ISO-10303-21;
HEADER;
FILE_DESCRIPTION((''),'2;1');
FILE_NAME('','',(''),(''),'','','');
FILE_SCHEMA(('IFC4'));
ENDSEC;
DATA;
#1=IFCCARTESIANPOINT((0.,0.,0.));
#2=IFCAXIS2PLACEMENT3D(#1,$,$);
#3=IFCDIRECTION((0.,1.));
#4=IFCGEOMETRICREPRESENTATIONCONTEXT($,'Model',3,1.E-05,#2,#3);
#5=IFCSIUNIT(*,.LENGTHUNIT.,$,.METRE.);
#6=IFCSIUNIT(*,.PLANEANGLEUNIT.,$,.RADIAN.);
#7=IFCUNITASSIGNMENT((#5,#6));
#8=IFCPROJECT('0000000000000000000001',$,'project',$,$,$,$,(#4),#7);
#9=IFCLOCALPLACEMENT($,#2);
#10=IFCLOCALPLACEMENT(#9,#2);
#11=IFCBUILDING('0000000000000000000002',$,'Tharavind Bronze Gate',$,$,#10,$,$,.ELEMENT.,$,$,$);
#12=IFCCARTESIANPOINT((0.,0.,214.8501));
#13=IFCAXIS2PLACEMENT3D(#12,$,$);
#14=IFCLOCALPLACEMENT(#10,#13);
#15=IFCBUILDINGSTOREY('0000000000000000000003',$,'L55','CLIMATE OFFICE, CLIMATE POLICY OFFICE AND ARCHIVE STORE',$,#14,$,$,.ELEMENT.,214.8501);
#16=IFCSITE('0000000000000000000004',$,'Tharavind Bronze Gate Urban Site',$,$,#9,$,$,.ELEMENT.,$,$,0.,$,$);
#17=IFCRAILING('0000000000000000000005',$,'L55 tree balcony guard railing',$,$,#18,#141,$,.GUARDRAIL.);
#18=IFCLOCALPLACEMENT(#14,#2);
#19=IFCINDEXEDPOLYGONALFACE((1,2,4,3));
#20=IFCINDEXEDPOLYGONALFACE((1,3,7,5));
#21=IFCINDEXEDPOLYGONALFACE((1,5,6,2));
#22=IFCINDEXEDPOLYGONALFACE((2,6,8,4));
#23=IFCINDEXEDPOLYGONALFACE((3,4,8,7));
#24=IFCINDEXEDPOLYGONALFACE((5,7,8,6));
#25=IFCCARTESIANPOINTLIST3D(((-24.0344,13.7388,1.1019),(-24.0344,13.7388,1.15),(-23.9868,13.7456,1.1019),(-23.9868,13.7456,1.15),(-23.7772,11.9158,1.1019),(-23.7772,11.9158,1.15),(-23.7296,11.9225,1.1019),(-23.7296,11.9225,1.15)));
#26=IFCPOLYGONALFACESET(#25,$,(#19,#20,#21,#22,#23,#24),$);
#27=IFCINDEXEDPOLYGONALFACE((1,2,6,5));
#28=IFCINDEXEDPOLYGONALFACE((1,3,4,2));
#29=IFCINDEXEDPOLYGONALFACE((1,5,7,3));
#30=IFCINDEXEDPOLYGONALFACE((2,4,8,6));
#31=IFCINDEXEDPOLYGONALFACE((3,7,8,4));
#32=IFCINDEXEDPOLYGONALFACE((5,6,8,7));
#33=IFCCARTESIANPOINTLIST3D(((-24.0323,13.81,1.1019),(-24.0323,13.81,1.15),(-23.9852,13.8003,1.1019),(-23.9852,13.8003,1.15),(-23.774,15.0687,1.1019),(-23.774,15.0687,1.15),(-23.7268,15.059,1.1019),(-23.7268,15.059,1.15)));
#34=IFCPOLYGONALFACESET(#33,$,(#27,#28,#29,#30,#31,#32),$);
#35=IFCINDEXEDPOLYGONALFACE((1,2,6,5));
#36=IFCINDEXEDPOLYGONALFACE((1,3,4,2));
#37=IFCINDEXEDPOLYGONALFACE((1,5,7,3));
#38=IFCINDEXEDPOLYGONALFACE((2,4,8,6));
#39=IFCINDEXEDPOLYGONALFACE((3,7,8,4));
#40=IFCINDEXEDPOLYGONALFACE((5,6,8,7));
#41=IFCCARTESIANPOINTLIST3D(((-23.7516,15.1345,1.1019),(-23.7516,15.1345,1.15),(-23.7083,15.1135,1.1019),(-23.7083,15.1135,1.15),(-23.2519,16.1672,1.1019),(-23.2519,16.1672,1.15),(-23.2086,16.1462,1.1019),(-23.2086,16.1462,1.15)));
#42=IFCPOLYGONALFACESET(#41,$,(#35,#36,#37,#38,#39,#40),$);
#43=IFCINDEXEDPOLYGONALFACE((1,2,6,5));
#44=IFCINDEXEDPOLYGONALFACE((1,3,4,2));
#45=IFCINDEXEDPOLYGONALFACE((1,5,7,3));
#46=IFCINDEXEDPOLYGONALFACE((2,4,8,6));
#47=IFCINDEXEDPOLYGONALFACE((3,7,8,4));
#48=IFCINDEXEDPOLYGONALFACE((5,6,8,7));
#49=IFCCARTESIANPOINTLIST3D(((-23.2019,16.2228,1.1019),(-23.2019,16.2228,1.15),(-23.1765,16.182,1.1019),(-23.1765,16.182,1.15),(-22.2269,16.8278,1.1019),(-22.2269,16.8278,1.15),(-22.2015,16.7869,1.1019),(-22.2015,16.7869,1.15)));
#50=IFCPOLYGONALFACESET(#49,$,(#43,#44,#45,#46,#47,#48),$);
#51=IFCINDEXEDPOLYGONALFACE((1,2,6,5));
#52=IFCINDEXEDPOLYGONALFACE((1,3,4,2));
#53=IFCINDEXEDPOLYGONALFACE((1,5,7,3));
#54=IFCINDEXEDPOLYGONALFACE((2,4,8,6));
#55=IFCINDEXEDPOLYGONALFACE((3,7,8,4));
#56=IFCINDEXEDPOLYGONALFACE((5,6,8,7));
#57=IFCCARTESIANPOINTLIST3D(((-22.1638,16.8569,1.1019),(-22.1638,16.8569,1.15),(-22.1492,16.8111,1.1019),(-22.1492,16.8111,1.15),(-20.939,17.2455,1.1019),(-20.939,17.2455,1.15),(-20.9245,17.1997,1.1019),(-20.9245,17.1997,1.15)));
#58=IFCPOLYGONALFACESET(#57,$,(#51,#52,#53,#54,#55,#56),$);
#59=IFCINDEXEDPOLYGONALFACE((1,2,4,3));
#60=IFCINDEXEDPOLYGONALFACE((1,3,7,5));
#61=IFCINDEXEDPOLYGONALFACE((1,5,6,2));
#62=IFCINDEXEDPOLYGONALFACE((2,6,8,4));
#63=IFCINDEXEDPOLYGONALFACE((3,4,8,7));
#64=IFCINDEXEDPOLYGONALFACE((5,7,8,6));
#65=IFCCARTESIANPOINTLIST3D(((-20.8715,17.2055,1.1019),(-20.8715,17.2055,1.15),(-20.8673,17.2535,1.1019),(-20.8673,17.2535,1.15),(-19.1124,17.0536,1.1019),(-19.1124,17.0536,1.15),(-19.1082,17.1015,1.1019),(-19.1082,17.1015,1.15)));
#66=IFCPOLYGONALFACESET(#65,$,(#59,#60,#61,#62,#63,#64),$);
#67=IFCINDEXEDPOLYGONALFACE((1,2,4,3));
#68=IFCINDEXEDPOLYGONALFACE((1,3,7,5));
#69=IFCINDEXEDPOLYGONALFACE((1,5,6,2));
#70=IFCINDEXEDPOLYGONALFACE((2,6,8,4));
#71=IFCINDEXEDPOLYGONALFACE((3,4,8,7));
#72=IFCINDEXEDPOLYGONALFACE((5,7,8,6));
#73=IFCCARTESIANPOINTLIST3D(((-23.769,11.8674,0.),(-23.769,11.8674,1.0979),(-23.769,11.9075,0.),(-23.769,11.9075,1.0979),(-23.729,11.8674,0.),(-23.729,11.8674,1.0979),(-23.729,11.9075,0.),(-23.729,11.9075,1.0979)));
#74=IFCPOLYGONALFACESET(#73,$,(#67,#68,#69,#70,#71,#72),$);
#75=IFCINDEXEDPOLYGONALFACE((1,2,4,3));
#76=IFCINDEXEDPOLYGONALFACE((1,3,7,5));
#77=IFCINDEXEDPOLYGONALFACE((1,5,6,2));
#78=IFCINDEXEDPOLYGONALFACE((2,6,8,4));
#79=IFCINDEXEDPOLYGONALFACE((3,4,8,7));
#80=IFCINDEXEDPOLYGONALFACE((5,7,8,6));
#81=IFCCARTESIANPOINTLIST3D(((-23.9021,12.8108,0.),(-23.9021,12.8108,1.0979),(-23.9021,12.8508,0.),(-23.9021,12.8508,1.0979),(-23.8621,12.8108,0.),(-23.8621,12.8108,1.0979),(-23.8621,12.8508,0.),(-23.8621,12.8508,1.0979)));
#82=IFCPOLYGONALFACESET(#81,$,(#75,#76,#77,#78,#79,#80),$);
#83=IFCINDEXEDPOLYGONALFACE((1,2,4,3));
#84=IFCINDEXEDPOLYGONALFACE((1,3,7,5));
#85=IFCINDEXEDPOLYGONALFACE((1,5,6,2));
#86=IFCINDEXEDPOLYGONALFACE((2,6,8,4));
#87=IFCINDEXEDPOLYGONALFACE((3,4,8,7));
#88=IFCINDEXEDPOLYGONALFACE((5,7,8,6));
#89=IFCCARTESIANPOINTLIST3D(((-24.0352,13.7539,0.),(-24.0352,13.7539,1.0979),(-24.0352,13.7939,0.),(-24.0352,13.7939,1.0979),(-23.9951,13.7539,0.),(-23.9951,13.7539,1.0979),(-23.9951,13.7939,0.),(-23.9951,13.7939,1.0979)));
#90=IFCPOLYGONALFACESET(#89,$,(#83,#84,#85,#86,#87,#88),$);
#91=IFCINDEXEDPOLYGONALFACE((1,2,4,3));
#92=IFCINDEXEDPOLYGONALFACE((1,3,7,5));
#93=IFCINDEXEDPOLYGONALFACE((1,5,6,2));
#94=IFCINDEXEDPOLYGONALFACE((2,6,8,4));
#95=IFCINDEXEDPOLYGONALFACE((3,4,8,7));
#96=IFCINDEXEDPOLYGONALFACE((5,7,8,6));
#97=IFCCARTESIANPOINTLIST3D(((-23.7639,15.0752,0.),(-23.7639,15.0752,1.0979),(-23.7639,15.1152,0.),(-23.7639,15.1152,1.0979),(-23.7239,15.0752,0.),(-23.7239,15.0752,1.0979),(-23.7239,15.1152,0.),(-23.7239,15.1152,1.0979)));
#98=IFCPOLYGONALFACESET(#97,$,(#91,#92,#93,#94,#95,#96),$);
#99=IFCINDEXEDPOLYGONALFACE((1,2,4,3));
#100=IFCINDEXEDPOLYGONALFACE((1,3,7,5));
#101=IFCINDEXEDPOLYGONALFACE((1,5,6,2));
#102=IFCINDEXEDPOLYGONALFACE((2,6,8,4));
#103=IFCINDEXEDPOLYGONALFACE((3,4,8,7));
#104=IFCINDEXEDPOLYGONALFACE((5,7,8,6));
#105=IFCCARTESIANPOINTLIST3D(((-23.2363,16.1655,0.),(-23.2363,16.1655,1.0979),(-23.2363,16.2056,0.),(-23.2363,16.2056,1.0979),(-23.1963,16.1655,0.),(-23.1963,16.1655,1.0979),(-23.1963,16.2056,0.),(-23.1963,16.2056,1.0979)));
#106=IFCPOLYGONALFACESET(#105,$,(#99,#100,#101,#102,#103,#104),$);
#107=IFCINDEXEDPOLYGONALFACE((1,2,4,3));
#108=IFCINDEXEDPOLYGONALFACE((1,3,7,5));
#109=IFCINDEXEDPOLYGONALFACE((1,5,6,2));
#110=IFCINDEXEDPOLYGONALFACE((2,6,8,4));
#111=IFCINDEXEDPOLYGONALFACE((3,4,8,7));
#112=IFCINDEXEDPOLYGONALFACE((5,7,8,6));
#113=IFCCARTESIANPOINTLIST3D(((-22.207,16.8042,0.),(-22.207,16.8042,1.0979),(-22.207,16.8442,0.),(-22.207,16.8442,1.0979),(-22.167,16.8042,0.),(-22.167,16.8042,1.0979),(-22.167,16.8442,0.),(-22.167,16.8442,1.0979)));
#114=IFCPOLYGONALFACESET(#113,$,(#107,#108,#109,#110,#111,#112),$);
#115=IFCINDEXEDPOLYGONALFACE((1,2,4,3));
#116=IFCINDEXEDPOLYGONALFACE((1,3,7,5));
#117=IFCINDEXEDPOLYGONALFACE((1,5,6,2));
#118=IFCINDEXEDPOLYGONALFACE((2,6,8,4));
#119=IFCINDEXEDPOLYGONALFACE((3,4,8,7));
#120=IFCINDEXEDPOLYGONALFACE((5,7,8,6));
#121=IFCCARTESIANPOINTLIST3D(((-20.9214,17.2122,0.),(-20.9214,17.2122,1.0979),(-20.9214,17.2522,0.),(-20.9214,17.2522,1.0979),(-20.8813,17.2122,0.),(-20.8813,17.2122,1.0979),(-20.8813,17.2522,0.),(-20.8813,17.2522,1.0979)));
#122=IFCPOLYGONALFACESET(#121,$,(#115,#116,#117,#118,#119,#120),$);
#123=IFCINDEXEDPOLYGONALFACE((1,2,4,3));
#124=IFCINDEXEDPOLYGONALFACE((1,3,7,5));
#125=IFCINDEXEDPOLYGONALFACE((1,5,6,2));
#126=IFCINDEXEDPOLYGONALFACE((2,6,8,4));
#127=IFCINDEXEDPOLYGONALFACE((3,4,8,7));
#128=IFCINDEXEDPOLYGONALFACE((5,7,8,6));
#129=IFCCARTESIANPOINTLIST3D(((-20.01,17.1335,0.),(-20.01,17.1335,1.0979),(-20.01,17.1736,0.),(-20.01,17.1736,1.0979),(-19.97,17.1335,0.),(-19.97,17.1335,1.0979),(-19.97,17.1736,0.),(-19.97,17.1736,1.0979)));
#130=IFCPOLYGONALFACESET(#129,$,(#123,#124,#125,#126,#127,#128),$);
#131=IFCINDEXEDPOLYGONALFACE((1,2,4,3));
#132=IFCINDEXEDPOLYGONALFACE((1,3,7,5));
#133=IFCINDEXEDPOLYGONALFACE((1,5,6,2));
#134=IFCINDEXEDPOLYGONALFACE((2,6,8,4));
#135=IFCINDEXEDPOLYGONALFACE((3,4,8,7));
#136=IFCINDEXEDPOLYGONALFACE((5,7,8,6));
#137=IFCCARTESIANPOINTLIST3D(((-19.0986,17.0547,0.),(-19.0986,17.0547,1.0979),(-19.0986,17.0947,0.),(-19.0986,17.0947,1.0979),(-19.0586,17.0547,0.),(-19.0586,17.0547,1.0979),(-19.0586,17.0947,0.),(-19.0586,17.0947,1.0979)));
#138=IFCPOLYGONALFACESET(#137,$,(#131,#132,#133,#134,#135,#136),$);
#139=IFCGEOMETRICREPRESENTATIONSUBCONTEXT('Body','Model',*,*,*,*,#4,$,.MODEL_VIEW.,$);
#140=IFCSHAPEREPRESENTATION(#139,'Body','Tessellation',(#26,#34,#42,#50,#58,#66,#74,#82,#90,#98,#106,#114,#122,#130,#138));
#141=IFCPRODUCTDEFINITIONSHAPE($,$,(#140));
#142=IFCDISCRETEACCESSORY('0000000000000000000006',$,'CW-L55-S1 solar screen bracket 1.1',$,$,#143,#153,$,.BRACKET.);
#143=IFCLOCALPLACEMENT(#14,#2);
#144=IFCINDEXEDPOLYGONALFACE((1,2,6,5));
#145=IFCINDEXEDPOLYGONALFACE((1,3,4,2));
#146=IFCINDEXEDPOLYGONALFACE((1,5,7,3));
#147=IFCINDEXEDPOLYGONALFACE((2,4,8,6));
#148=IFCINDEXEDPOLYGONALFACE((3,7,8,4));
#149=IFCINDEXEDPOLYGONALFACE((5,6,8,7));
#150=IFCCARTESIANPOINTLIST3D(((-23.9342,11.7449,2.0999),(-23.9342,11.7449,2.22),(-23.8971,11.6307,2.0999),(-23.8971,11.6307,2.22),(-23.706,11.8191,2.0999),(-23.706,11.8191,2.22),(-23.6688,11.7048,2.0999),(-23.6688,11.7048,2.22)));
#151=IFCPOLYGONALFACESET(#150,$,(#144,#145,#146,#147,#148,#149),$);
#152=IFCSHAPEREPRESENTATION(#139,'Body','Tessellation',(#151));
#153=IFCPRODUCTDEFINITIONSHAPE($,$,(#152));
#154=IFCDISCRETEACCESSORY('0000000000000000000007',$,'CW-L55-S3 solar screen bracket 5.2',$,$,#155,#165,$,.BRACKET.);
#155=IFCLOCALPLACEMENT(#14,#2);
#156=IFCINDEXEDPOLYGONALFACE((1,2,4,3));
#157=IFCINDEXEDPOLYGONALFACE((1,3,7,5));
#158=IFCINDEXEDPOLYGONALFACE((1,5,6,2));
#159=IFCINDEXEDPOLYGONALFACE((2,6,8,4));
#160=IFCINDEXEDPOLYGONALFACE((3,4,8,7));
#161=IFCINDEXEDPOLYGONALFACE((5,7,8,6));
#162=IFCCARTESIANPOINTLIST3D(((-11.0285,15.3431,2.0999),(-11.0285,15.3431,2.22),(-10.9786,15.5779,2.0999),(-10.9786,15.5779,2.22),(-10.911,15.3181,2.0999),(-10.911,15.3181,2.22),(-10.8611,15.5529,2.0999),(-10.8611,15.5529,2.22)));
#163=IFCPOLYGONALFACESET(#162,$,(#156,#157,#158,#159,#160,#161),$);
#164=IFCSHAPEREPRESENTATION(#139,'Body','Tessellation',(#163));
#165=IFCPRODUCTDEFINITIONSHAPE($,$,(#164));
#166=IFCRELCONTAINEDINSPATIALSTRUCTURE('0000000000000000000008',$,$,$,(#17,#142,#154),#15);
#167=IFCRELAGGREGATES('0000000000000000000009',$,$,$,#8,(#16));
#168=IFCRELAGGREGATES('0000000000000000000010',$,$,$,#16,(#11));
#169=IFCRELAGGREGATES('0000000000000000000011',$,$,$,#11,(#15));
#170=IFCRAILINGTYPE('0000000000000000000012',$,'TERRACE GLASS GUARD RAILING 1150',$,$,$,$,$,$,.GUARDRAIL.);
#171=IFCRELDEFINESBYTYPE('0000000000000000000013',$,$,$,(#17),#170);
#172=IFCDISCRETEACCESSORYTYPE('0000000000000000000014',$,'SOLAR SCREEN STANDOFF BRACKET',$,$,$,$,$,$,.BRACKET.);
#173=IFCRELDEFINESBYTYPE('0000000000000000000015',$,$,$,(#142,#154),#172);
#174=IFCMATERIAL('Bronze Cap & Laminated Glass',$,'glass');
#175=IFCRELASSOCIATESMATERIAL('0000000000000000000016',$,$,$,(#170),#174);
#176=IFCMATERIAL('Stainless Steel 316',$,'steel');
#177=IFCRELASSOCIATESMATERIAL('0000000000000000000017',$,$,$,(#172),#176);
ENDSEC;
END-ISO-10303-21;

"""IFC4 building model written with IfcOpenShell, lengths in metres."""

from ifc_helpers import new_model, si_unit, direction, frame, origin, origin_2d, place, context, subcontext, project, spatial, rectangle, extrude, material, type_object, element, save


model = new_model("IFC4")

# Units and contexts
model_context = context("Model", 3, precision=1e-05, world=origin(), true_north=direction((0.0, 1.0)))
body_context = subcontext(model_context, "Body", "Model", "MODEL_VIEW")
ifc_project = project(units=[si_unit("LENGTHUNIT", "METRE"), si_unit("PLANEANGLEUNIT", "RADIAN")], contexts=[model_context])

# Site, building, storey
site_placement = place(None, origin())
site = spatial("IfcSite", under=ifc_project, at=site_placement, Name="Tharavind Bronze Gate Urban Site", CompositionType="ELEMENT", RefElevation=0.0)
building_placement = place(site_placement, origin())
building = spatial("IfcBuilding", under=site, at=building_placement, Name="Tharavind Bronze Gate", CompositionType="ELEMENT")
storey_placement = place(building_placement, frame((0.0, 0.0, 214.8501)))
storey = spatial("IfcBuildingStorey", under=building, at=storey_placement, Name="L55", Description="CLIMATE OFFICE, CLIMATE POLICY OFFICE AND ARCHIVE STORE", CompositionType="ELEMENT", Elevation=214.8501)

# Railing
ifc_material_1 = material(Name="Bronze Cap & Laminated Glass", Category="glass")
railing_type = type_object("IfcRailingType", Name="TERRACE GLASS GUARD RAILING 1150", PredefinedType="GUARDRAIL", material=ifc_material_1)
railing_placement = place(storey_placement, frame((-23.749, 11.8875, 0.0)))
element("IfcRailing", 1, at=railing_placement, inside=storey, type_object=railing_type, Name="L55 tree balcony guard railing", PredefinedType="GUARDRAIL", context=body_context, shape_type="SweptSolid", body=[
    extrude(rectangle(XDim=0.0481, YDim=0.0481, at=origin_2d()), frame((-0.0044, 0.0317, 1.126), z_axis=(-0.139681, 0.990197, 0.0), x_axis=(-0.990197, -0.139681, 0.0)), (0.0, 0.0, 1.0), 1.8411),
    extrude(rectangle(XDim=0.0481, YDim=0.0481, at=origin_2d()), frame((-0.2598, 1.9177, 1.126), z_axis=(0.201091, 0.979573, 0.0), x_axis=(-0.979573, 0.201091, 0.0)), (0.0, 0.0, 1.0), 1.2849),
    extrude(rectangle(XDim=0.0481, YDim=0.0481, at=origin_2d()), frame((0.019, 3.2366, 1.126), z_axis=(0.435566, 0.900157, 0.0), x_axis=(-0.900157, 0.435566, 0.0)), (0.0, 0.0, 1.0), 1.1472),
    extrude(rectangle(XDim=0.0481, YDim=0.0481, at=origin_2d()), frame((0.5598, 4.3149, 1.126), z_axis=(0.849715, 0.527242, 0.0), x_axis=(-0.527242, 0.849715, 0.0)), (0.0, 0.0, 1.0), 1.1475),
    extrude(rectangle(XDim=0.0481, YDim=0.0481, at=origin_2d()), frame((1.5925, 4.9465, 1.126), z_axis=(0.953163, 0.302456, 0.0), x_axis=(-0.302456, 0.953163, 0.0)), (0.0, 0.0, 1.0), 1.2849),
    extrude(rectangle(XDim=0.0481, YDim=0.0481, at=origin_2d()), frame((2.8796, 5.342, 1.126), z_axis=(0.996289, -0.086071, 0.0), x_axis=(0.086071, 0.996289, 0.0)), (0.0, 0.0, 1.0), 1.7656),
    extrude(rectangle(XDim=0.04, YDim=0.04, at=origin_2d()), origin(), (0.0, 0.0, 1.0), 1.0979),
    extrude(rectangle(XDim=0.04, YDim=0.04, at=origin_2d()), frame((-0.1331, 0.9434, 0.0)), (0.0, 0.0, 1.0), 1.0979),
    extrude(rectangle(XDim=0.04, YDim=0.04, at=origin_2d()), frame((-0.2661, 1.8865, 0.0)), (0.0, 0.0, 1.0), 1.0979),
    extrude(rectangle(XDim=0.04, YDim=0.04, at=origin_2d()), frame((0.0051, 3.2078, 0.0)), (0.0, 0.0, 1.0), 1.0979),
    extrude(rectangle(XDim=0.04, YDim=0.04, at=origin_2d()), frame((0.5327, 4.2981, 0.0)), (0.0, 0.0, 1.0), 1.0979),
    extrude(rectangle(XDim=0.04, YDim=0.04, at=origin_2d()), frame((1.562, 4.9368, 0.0)), (0.0, 0.0, 1.0), 1.0979),
    extrude(rectangle(XDim=0.04, YDim=0.04, at=origin_2d()), frame((2.8477, 5.3447, 0.0)), (0.0, 0.0, 1.0), 1.0979),
    extrude(rectangle(XDim=0.04, YDim=0.04, at=origin_2d()), frame((3.759, 5.2661, 0.0)), (0.0, 0.0, 1.0), 1.0979),
    extrude(rectangle(XDim=0.04, YDim=0.04, at=origin_2d()), frame((4.6704, 5.1873, 0.0)), (0.0, 0.0, 1.0), 1.0979),
])

# Discrete accessories
ifc_material_2 = material(Name="Stainless Steel 316", Category="steel")
discrete_accessory_type = type_object("IfcDiscreteAccessoryType", Name="SOLAR SCREEN STANDOFF BRACKET", PredefinedType="BRACKET", material=ifc_material_2)
for number, where, z_axis, x_axis, name in (
    (2, (-23.8015, 11.7249, 2.0999), (0.0, 0.0, 1.0), (0.309017, -0.951057, 0.0), "CW-L55-S1 solar screen bracket 1.1"),
    (3, (-10.9448, 15.448, 2.0999), (0.0, 0.0, 1.0), (-0.978148, 0.207912, 0.0), "CW-L55-S3 solar screen bracket 5.2"),
):
    element("IfcDiscreteAccessory", number, at=place(storey_placement, frame(where, z_axis=z_axis, x_axis=x_axis)), inside=storey, type_object=discrete_accessory_type, Name=name, PredefinedType="BRACKET", context=body_context, shape_type="SweptSolid", body=[
        extrude(rectangle(XDim=0.1201, YDim=0.24, at=origin_2d()), origin(), (0.0, 0.0, 1.0), 0.1201),
    ])

save(model, "model.ifc")
